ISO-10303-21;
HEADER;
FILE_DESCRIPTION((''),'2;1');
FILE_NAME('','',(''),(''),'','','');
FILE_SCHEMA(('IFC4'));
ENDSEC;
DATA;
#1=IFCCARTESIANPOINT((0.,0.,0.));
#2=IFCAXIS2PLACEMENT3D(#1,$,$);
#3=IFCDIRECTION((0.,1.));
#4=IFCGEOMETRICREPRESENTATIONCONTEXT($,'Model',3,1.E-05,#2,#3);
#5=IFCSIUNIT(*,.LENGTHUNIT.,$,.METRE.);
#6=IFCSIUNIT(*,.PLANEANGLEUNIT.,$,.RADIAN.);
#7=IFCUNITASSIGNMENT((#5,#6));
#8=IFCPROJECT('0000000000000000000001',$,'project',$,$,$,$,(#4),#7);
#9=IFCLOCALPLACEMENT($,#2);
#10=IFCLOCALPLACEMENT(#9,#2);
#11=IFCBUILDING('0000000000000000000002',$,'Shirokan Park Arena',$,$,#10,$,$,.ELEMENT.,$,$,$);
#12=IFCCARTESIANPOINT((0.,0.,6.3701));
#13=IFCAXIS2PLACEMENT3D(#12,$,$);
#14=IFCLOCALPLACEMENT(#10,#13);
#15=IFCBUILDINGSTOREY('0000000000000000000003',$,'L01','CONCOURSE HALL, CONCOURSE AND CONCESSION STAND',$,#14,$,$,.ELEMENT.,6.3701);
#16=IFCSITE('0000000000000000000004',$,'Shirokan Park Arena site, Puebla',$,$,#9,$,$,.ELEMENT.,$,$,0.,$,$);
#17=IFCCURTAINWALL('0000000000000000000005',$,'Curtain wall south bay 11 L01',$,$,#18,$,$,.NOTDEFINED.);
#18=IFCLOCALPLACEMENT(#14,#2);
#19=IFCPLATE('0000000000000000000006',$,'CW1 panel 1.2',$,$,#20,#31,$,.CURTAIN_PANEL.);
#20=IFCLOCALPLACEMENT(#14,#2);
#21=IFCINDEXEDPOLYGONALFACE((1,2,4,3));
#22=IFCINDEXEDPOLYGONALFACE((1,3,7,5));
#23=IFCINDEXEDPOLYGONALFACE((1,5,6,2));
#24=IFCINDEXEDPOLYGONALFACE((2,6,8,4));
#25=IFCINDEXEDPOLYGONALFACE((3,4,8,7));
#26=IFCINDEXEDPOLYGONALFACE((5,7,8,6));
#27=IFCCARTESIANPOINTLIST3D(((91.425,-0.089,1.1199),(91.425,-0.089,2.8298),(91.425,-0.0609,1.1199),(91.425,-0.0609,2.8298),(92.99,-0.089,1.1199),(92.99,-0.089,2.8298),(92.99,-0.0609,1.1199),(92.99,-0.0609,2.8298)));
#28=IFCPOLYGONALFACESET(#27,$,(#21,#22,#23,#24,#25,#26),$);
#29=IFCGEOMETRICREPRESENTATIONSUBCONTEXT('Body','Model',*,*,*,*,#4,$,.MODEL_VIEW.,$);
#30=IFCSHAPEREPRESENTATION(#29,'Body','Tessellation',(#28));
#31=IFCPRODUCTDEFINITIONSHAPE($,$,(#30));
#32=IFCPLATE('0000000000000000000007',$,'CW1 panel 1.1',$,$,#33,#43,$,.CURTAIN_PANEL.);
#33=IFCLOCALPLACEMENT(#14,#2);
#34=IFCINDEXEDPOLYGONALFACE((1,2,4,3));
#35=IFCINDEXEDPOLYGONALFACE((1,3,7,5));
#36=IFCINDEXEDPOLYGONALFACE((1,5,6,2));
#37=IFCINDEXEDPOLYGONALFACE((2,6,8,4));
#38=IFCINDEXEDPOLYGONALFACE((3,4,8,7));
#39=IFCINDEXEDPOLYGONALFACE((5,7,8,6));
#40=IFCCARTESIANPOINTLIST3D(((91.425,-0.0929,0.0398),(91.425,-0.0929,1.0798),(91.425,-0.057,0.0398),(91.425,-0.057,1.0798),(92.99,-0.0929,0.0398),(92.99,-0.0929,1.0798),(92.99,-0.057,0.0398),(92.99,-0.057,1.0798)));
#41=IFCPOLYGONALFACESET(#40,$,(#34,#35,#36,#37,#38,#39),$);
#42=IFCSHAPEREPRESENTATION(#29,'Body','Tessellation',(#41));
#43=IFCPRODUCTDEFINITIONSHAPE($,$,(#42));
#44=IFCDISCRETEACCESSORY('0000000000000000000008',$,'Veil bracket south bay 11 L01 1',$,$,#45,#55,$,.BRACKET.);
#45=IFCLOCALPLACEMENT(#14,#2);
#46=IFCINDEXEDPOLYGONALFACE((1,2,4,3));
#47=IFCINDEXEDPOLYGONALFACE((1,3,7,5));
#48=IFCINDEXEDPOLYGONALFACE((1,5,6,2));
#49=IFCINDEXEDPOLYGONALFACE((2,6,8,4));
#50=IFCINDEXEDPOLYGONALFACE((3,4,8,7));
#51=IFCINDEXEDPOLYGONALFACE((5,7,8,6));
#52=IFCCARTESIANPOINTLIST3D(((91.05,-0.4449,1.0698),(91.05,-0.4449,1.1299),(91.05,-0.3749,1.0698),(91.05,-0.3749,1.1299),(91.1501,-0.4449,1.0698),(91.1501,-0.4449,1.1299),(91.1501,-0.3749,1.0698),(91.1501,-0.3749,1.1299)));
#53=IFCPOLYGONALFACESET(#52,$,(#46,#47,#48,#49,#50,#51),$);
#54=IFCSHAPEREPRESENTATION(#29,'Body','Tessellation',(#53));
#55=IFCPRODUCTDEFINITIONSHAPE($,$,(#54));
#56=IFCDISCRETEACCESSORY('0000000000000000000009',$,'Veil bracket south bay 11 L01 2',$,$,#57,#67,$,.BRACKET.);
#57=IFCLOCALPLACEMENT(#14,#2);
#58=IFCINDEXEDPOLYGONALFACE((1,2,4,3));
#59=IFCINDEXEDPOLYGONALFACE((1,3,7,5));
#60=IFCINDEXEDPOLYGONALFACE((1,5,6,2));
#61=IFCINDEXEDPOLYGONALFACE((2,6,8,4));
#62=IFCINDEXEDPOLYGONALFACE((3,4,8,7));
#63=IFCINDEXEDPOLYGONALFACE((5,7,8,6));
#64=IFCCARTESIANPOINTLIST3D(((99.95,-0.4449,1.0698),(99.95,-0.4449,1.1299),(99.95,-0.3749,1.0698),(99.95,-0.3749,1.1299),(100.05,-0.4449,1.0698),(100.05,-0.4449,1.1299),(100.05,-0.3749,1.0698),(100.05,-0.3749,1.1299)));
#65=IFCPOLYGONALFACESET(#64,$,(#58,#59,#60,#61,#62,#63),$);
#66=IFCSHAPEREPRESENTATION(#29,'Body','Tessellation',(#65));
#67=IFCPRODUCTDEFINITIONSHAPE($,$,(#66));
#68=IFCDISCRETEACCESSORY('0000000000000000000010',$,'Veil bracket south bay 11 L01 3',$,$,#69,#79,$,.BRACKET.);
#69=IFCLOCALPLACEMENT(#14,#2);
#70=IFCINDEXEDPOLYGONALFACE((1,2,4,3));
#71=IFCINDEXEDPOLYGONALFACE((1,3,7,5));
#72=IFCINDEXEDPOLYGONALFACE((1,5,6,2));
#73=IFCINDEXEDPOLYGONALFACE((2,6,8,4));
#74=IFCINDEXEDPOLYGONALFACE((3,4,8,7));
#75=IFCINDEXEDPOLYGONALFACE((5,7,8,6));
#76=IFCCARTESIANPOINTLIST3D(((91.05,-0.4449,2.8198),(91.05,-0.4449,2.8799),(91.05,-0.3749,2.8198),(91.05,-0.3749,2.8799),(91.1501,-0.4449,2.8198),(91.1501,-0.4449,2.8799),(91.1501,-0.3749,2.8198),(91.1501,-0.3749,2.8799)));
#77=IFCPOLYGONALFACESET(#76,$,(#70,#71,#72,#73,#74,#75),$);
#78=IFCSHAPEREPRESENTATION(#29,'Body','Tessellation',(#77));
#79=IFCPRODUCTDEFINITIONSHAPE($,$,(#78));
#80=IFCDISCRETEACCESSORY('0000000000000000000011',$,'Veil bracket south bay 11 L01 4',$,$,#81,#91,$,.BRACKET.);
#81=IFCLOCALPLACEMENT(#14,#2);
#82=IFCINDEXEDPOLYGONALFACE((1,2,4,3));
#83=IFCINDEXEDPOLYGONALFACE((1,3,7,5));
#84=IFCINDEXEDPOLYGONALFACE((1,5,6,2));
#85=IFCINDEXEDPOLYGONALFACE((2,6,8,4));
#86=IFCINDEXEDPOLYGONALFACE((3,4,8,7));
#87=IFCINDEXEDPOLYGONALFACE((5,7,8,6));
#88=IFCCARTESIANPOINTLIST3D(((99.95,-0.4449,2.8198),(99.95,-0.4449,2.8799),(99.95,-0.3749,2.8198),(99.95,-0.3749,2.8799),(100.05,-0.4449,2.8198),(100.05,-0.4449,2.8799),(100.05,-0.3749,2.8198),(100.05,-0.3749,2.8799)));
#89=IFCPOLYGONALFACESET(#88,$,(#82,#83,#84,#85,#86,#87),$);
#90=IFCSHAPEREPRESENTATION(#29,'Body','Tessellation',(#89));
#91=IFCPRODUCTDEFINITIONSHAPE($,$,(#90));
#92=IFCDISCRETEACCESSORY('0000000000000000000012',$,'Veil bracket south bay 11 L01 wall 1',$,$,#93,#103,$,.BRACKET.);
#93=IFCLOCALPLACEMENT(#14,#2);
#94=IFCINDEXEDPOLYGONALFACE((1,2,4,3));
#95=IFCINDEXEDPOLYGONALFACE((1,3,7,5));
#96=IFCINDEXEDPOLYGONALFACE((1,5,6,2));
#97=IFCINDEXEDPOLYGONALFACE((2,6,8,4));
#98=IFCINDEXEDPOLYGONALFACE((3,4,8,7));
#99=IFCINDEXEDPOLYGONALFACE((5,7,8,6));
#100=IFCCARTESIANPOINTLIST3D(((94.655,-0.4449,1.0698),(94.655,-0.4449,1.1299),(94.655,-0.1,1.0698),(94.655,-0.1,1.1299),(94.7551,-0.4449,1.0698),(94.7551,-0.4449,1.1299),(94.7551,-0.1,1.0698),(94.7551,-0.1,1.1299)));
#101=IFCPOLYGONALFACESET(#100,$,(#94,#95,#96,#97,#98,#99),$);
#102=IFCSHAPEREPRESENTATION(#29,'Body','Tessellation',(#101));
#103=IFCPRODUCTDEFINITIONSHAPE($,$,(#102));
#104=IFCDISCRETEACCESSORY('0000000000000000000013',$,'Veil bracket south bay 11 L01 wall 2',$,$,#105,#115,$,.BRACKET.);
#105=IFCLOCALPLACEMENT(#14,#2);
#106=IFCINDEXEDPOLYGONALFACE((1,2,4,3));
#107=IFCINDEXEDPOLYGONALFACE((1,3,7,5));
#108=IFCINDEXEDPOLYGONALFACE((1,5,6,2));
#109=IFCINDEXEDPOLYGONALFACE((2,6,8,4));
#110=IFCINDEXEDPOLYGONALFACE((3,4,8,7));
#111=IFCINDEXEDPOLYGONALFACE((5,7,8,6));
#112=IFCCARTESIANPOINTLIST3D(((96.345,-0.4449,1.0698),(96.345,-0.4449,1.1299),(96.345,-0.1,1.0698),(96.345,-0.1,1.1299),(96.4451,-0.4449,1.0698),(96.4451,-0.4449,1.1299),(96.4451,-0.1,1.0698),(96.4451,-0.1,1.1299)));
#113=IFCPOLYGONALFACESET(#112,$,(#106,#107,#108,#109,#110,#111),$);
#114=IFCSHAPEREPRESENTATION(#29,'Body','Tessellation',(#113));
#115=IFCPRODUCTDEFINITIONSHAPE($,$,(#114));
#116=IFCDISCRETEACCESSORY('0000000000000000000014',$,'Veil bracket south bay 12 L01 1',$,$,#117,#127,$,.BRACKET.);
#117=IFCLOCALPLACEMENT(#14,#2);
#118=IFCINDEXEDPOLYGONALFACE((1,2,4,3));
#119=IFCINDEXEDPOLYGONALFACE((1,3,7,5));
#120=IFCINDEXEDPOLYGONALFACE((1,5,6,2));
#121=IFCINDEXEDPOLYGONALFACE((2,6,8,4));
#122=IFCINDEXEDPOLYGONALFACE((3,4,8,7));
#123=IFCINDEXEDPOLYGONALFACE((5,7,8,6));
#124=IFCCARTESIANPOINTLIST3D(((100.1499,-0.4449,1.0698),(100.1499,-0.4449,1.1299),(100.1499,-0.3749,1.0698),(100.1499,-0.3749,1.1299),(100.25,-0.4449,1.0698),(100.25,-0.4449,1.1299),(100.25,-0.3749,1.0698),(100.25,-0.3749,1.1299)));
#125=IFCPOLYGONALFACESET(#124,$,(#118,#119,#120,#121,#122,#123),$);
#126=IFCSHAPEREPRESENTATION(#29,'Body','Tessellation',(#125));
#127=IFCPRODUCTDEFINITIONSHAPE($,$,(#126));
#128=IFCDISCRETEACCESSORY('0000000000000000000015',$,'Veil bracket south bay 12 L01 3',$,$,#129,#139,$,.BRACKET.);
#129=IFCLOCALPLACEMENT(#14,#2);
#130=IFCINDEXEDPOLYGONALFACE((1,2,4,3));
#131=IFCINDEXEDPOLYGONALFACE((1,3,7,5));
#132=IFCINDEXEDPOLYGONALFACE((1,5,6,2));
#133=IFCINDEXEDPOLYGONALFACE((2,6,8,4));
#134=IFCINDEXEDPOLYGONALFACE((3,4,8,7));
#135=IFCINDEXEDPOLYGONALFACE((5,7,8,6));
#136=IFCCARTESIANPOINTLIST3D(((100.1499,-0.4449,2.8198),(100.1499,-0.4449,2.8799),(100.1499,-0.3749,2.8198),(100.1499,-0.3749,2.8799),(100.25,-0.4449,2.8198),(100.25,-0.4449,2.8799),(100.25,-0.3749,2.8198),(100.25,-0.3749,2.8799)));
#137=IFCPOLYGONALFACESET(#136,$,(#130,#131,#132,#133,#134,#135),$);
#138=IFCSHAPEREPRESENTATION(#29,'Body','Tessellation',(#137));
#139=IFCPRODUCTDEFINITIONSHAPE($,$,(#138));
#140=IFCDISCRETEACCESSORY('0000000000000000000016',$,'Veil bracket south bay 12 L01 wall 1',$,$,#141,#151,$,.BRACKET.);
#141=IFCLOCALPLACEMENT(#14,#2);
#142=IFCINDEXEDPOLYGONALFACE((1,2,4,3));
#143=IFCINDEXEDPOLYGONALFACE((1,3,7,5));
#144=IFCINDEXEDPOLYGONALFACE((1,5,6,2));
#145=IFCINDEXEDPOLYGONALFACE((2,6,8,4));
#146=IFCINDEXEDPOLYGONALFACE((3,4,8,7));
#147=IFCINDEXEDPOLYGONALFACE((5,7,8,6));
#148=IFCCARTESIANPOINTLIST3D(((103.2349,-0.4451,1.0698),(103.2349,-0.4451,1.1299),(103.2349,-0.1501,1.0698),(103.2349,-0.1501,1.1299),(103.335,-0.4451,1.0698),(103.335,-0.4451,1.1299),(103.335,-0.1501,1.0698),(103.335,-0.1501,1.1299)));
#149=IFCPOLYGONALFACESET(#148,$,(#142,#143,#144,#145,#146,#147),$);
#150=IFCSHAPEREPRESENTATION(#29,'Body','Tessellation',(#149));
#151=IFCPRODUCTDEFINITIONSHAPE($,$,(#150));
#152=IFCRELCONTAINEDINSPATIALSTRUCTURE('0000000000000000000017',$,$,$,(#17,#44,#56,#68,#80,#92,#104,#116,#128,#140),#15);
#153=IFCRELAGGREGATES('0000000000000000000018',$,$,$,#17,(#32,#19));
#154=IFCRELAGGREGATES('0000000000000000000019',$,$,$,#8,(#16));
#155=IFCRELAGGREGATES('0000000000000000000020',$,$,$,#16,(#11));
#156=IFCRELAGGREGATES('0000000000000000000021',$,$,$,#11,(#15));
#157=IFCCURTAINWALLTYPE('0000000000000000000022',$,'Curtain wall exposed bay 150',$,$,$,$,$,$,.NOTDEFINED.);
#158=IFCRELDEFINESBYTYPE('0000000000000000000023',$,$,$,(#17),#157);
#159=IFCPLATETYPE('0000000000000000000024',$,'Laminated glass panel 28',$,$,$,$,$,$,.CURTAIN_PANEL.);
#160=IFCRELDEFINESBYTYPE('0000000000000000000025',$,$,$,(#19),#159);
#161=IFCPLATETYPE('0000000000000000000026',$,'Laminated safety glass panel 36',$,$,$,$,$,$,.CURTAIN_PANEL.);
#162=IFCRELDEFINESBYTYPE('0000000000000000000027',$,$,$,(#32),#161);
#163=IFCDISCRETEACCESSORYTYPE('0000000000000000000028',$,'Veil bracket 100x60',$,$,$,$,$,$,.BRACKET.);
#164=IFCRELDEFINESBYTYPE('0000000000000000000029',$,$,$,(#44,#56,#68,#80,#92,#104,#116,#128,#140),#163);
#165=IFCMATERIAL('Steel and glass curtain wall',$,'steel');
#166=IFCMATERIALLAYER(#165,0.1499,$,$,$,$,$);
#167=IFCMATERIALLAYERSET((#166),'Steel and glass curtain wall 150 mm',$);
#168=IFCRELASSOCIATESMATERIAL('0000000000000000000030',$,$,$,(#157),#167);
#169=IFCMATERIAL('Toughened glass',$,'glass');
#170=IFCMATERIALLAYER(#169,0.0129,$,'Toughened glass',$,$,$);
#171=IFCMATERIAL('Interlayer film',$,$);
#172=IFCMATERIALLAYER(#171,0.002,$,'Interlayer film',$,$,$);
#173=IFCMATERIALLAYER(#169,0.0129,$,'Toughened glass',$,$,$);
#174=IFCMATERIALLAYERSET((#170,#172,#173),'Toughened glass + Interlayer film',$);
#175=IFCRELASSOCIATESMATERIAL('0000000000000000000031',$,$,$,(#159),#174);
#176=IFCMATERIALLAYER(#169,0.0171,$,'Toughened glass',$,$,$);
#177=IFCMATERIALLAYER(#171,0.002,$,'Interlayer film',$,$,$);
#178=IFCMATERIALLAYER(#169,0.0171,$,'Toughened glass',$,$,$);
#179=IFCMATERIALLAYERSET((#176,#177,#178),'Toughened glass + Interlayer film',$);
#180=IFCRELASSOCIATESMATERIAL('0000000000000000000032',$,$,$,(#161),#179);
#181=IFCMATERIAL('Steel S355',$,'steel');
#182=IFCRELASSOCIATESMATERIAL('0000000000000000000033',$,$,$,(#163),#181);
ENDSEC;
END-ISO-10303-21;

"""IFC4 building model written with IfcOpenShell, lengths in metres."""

from ifc_helpers import new_model, si_unit, direction, frame, origin, origin_2d, place, context, subcontext, project, spatial, rectangle, extrude, material, layer, layer_set, type_object, element, aggregate, save


model = new_model("IFC4")

# Units and contexts
model_context = context("Model", 3, precision=1e-05, world=origin(), true_north=direction((0.0, 1.0)))
body_context = subcontext(model_context, "Body", "Model", "MODEL_VIEW")
ifc_project = project(units=[si_unit("LENGTHUNIT", "METRE"), si_unit("PLANEANGLEUNIT", "RADIAN")], contexts=[model_context])

# Site, building, storey
site_placement = place(None, origin())
site = spatial("IfcSite", under=ifc_project, at=site_placement, Name="Shirokan Park Arena site, Puebla", CompositionType="ELEMENT", RefElevation=0.0)
building_placement = place(site_placement, origin())
building = spatial("IfcBuilding", under=site, at=building_placement, Name="Shirokan Park Arena", CompositionType="ELEMENT")
storey_placement = place(building_placement, frame((0.0, 0.0, 6.3701)))
storey = spatial("IfcBuildingStorey", under=building, at=storey_placement, Name="L01", Description="CONCOURSE HALL, CONCOURSE AND CONCESSION STAND", CompositionType="ELEMENT", Elevation=6.3701)

# Curtain wall, plates
ifc_material_1 = material(Name="Steel and glass curtain wall", Category="steel")
ifc_layer_1 = layer(ifc_material_1, 0.1499)
ifc_layer_set_1 = layer_set([ifc_layer_1], Name="Steel and glass curtain wall 150 mm")
curtain_wall_type = type_object("IfcCurtainWallType", Name="Curtain wall exposed bay 150", PredefinedType="NOTDEFINED", material=ifc_layer_set_1)
curtain_wall_placement = place(storey_placement, origin())
curtain_wall = element("IfcCurtainWall", 1, at=curtain_wall_placement, inside=storey, type_object=curtain_wall_type, Name="Curtain wall south bay 11 L01", PredefinedType="NOTDEFINED")
ifc_material_2 = material(Name="Steel S355", Category="steel")
ifc_material_3 = material(Name="Toughened glass", Category="glass")
ifc_layer_2 = layer(ifc_material_3, 0.0129, Name="Toughened glass")
ifc_material_4 = material(Name="Interlayer film")
ifc_layer_3 = layer(ifc_material_4, 0.002, Name="Interlayer film")
ifc_layer_4 = layer(ifc_material_3, 0.0129, Name="Toughened glass")
ifc_layer_set_2 = layer_set([ifc_layer_2, ifc_layer_3, ifc_layer_4], Name="Toughened glass + Interlayer film")
plate_type_1 = type_object("IfcPlateType", Name="Laminated glass panel 28", PredefinedType="CURTAIN_PANEL", material=ifc_layer_set_2)
plate_1_placement = place(storey_placement, frame((92.2075, -0.075, 1.1199), z_axis=(0.0, 0.0, 1.0), x_axis=(1.0, 0.0, 0.0)))
plate_1 = element("IfcPlate", 2, at=plate_1_placement, type_object=plate_type_1, Name="CW1 panel 1.2", PredefinedType="CURTAIN_PANEL", context=body_context, shape_type="SweptSolid", body=[
    extrude(rectangle(XDim=1.5649, YDim=0.0281, at=origin_2d()), origin(), (0.0, 0.0, 1.0), 1.71),
])
ifc_layer_5 = layer(ifc_material_3, 0.0171, Name="Toughened glass")
ifc_layer_6 = layer(ifc_material_4, 0.002, Name="Interlayer film")
ifc_layer_7 = layer(ifc_material_3, 0.0171, Name="Toughened glass")
ifc_layer_set_3 = layer_set([ifc_layer_5, ifc_layer_6, ifc_layer_7], Name="Toughened glass + Interlayer film")
plate_type_2 = type_object("IfcPlateType", Name="Laminated safety glass panel 36", PredefinedType="CURTAIN_PANEL", material=ifc_layer_set_3)
plate_2_placement = place(storey_placement, frame((92.2075, -0.075, 0.0398), z_axis=(0.0, 0.0, 1.0), x_axis=(1.0, 0.0, 0.0)))
plate_2 = element("IfcPlate", 3, at=plate_2_placement, type_object=plate_type_2, Name="CW1 panel 1.1", PredefinedType="CURTAIN_PANEL", context=body_context, shape_type="SweptSolid", body=[
    extrude(rectangle(XDim=1.5649, YDim=0.0359, at=origin_2d()), origin(), (0.0, 0.0, 1.0), 1.04),
])
aggregate(curtain_wall, [plate_2, plate_1])

# Discrete accessories
discrete_accessory_type = type_object("IfcDiscreteAccessoryType", Name="Veil bracket 100x60", PredefinedType="BRACKET", material=ifc_material_2)
for number, where, z_axis, x_axis, name in (
    (4, (91.1001, -0.4099, 1.0698), (0.0, 0.0, 1.0), (1.0, 0.0, 0.0), "Veil bracket south bay 11 L01 1"),
    (5, (100.0, -0.4099, 1.0698), (0.0, 0.0, 1.0), (1.0, 0.0, 0.0), "Veil bracket south bay 11 L01 2"),
    (6, (91.1001, -0.4099, 2.8198), (0.0, 0.0, 1.0), (1.0, 0.0, 0.0), "Veil bracket south bay 11 L01 3"),
    (7, (100.0, -0.4099, 2.8198), (0.0, 0.0, 1.0), (1.0, 0.0, 0.0), "Veil bracket south bay 11 L01 4"),
):
    element("IfcDiscreteAccessory", number, at=place(storey_placement, frame(where, z_axis=z_axis, x_axis=x_axis)), inside=storey, type_object=discrete_accessory_type, Name=name, PredefinedType="BRACKET", context=body_context, shape_type="SweptSolid", body=[
        extrude(rectangle(XDim=0.1001, YDim=0.0701, at=origin_2d()), origin(), (0.0, 0.0, 1.0), 0.0601),
    ])
for number, where, z_axis, x_axis, name in (
    (8, (94.7051, -0.2725, 1.0698), (0.0, 0.0, 1.0), (1.0, 0.0, 0.0), "Veil bracket south bay 11 L01 wall 1"),
    (9, (96.395, -0.2725, 1.0698), (0.0, 0.0, 1.0), (1.0, 0.0, 0.0), "Veil bracket south bay 11 L01 wall 2"),
):
    element("IfcDiscreteAccessory", number, at=place(storey_placement, frame(where, z_axis=z_axis, x_axis=x_axis)), inside=storey, type_object=discrete_accessory_type, Name=name, PredefinedType="BRACKET", context=body_context, shape_type="SweptSolid", body=[
        extrude(rectangle(XDim=0.1001, YDim=0.345, at=origin_2d()), origin(), (0.0, 0.0, 1.0), 0.0601),
    ])
for number, where, z_axis, x_axis, name in (
    (10, (100.2, -0.4099, 1.0698), (0.0, 0.0, 1.0), (1.0, 0.0, 0.0), "Veil bracket south bay 12 L01 1"),
    (11, (100.2, -0.4099, 2.8198), (0.0, 0.0, 1.0), (1.0, 0.0, 0.0), "Veil bracket south bay 12 L01 3"),
):
    element("IfcDiscreteAccessory", number, at=place(storey_placement, frame(where, z_axis=z_axis, x_axis=x_axis)), inside=storey, type_object=discrete_accessory_type, Name=name, PredefinedType="BRACKET", context=body_context, shape_type="SweptSolid", body=[
        extrude(rectangle(XDim=0.1001, YDim=0.0701, at=origin_2d()), origin(), (0.0, 0.0, 1.0), 0.0601),
    ])
discrete_accessory_placement = place(storey_placement, frame((103.2849, -0.2976, 1.0698), z_axis=(0.0, 0.0, 1.0), x_axis=(1.0, 0.0, 0.0)))
element("IfcDiscreteAccessory", 12, at=discrete_accessory_placement, inside=storey, type_object=discrete_accessory_type, Name="Veil bracket south bay 12 L01 wall 1", PredefinedType="BRACKET", context=body_context, shape_type="SweptSolid", body=[
    extrude(rectangle(XDim=0.1001, YDim=0.2949, at=origin_2d()), origin(), (0.0, 0.0, 1.0), 0.0601),
])

save(model, "model.ifc")
